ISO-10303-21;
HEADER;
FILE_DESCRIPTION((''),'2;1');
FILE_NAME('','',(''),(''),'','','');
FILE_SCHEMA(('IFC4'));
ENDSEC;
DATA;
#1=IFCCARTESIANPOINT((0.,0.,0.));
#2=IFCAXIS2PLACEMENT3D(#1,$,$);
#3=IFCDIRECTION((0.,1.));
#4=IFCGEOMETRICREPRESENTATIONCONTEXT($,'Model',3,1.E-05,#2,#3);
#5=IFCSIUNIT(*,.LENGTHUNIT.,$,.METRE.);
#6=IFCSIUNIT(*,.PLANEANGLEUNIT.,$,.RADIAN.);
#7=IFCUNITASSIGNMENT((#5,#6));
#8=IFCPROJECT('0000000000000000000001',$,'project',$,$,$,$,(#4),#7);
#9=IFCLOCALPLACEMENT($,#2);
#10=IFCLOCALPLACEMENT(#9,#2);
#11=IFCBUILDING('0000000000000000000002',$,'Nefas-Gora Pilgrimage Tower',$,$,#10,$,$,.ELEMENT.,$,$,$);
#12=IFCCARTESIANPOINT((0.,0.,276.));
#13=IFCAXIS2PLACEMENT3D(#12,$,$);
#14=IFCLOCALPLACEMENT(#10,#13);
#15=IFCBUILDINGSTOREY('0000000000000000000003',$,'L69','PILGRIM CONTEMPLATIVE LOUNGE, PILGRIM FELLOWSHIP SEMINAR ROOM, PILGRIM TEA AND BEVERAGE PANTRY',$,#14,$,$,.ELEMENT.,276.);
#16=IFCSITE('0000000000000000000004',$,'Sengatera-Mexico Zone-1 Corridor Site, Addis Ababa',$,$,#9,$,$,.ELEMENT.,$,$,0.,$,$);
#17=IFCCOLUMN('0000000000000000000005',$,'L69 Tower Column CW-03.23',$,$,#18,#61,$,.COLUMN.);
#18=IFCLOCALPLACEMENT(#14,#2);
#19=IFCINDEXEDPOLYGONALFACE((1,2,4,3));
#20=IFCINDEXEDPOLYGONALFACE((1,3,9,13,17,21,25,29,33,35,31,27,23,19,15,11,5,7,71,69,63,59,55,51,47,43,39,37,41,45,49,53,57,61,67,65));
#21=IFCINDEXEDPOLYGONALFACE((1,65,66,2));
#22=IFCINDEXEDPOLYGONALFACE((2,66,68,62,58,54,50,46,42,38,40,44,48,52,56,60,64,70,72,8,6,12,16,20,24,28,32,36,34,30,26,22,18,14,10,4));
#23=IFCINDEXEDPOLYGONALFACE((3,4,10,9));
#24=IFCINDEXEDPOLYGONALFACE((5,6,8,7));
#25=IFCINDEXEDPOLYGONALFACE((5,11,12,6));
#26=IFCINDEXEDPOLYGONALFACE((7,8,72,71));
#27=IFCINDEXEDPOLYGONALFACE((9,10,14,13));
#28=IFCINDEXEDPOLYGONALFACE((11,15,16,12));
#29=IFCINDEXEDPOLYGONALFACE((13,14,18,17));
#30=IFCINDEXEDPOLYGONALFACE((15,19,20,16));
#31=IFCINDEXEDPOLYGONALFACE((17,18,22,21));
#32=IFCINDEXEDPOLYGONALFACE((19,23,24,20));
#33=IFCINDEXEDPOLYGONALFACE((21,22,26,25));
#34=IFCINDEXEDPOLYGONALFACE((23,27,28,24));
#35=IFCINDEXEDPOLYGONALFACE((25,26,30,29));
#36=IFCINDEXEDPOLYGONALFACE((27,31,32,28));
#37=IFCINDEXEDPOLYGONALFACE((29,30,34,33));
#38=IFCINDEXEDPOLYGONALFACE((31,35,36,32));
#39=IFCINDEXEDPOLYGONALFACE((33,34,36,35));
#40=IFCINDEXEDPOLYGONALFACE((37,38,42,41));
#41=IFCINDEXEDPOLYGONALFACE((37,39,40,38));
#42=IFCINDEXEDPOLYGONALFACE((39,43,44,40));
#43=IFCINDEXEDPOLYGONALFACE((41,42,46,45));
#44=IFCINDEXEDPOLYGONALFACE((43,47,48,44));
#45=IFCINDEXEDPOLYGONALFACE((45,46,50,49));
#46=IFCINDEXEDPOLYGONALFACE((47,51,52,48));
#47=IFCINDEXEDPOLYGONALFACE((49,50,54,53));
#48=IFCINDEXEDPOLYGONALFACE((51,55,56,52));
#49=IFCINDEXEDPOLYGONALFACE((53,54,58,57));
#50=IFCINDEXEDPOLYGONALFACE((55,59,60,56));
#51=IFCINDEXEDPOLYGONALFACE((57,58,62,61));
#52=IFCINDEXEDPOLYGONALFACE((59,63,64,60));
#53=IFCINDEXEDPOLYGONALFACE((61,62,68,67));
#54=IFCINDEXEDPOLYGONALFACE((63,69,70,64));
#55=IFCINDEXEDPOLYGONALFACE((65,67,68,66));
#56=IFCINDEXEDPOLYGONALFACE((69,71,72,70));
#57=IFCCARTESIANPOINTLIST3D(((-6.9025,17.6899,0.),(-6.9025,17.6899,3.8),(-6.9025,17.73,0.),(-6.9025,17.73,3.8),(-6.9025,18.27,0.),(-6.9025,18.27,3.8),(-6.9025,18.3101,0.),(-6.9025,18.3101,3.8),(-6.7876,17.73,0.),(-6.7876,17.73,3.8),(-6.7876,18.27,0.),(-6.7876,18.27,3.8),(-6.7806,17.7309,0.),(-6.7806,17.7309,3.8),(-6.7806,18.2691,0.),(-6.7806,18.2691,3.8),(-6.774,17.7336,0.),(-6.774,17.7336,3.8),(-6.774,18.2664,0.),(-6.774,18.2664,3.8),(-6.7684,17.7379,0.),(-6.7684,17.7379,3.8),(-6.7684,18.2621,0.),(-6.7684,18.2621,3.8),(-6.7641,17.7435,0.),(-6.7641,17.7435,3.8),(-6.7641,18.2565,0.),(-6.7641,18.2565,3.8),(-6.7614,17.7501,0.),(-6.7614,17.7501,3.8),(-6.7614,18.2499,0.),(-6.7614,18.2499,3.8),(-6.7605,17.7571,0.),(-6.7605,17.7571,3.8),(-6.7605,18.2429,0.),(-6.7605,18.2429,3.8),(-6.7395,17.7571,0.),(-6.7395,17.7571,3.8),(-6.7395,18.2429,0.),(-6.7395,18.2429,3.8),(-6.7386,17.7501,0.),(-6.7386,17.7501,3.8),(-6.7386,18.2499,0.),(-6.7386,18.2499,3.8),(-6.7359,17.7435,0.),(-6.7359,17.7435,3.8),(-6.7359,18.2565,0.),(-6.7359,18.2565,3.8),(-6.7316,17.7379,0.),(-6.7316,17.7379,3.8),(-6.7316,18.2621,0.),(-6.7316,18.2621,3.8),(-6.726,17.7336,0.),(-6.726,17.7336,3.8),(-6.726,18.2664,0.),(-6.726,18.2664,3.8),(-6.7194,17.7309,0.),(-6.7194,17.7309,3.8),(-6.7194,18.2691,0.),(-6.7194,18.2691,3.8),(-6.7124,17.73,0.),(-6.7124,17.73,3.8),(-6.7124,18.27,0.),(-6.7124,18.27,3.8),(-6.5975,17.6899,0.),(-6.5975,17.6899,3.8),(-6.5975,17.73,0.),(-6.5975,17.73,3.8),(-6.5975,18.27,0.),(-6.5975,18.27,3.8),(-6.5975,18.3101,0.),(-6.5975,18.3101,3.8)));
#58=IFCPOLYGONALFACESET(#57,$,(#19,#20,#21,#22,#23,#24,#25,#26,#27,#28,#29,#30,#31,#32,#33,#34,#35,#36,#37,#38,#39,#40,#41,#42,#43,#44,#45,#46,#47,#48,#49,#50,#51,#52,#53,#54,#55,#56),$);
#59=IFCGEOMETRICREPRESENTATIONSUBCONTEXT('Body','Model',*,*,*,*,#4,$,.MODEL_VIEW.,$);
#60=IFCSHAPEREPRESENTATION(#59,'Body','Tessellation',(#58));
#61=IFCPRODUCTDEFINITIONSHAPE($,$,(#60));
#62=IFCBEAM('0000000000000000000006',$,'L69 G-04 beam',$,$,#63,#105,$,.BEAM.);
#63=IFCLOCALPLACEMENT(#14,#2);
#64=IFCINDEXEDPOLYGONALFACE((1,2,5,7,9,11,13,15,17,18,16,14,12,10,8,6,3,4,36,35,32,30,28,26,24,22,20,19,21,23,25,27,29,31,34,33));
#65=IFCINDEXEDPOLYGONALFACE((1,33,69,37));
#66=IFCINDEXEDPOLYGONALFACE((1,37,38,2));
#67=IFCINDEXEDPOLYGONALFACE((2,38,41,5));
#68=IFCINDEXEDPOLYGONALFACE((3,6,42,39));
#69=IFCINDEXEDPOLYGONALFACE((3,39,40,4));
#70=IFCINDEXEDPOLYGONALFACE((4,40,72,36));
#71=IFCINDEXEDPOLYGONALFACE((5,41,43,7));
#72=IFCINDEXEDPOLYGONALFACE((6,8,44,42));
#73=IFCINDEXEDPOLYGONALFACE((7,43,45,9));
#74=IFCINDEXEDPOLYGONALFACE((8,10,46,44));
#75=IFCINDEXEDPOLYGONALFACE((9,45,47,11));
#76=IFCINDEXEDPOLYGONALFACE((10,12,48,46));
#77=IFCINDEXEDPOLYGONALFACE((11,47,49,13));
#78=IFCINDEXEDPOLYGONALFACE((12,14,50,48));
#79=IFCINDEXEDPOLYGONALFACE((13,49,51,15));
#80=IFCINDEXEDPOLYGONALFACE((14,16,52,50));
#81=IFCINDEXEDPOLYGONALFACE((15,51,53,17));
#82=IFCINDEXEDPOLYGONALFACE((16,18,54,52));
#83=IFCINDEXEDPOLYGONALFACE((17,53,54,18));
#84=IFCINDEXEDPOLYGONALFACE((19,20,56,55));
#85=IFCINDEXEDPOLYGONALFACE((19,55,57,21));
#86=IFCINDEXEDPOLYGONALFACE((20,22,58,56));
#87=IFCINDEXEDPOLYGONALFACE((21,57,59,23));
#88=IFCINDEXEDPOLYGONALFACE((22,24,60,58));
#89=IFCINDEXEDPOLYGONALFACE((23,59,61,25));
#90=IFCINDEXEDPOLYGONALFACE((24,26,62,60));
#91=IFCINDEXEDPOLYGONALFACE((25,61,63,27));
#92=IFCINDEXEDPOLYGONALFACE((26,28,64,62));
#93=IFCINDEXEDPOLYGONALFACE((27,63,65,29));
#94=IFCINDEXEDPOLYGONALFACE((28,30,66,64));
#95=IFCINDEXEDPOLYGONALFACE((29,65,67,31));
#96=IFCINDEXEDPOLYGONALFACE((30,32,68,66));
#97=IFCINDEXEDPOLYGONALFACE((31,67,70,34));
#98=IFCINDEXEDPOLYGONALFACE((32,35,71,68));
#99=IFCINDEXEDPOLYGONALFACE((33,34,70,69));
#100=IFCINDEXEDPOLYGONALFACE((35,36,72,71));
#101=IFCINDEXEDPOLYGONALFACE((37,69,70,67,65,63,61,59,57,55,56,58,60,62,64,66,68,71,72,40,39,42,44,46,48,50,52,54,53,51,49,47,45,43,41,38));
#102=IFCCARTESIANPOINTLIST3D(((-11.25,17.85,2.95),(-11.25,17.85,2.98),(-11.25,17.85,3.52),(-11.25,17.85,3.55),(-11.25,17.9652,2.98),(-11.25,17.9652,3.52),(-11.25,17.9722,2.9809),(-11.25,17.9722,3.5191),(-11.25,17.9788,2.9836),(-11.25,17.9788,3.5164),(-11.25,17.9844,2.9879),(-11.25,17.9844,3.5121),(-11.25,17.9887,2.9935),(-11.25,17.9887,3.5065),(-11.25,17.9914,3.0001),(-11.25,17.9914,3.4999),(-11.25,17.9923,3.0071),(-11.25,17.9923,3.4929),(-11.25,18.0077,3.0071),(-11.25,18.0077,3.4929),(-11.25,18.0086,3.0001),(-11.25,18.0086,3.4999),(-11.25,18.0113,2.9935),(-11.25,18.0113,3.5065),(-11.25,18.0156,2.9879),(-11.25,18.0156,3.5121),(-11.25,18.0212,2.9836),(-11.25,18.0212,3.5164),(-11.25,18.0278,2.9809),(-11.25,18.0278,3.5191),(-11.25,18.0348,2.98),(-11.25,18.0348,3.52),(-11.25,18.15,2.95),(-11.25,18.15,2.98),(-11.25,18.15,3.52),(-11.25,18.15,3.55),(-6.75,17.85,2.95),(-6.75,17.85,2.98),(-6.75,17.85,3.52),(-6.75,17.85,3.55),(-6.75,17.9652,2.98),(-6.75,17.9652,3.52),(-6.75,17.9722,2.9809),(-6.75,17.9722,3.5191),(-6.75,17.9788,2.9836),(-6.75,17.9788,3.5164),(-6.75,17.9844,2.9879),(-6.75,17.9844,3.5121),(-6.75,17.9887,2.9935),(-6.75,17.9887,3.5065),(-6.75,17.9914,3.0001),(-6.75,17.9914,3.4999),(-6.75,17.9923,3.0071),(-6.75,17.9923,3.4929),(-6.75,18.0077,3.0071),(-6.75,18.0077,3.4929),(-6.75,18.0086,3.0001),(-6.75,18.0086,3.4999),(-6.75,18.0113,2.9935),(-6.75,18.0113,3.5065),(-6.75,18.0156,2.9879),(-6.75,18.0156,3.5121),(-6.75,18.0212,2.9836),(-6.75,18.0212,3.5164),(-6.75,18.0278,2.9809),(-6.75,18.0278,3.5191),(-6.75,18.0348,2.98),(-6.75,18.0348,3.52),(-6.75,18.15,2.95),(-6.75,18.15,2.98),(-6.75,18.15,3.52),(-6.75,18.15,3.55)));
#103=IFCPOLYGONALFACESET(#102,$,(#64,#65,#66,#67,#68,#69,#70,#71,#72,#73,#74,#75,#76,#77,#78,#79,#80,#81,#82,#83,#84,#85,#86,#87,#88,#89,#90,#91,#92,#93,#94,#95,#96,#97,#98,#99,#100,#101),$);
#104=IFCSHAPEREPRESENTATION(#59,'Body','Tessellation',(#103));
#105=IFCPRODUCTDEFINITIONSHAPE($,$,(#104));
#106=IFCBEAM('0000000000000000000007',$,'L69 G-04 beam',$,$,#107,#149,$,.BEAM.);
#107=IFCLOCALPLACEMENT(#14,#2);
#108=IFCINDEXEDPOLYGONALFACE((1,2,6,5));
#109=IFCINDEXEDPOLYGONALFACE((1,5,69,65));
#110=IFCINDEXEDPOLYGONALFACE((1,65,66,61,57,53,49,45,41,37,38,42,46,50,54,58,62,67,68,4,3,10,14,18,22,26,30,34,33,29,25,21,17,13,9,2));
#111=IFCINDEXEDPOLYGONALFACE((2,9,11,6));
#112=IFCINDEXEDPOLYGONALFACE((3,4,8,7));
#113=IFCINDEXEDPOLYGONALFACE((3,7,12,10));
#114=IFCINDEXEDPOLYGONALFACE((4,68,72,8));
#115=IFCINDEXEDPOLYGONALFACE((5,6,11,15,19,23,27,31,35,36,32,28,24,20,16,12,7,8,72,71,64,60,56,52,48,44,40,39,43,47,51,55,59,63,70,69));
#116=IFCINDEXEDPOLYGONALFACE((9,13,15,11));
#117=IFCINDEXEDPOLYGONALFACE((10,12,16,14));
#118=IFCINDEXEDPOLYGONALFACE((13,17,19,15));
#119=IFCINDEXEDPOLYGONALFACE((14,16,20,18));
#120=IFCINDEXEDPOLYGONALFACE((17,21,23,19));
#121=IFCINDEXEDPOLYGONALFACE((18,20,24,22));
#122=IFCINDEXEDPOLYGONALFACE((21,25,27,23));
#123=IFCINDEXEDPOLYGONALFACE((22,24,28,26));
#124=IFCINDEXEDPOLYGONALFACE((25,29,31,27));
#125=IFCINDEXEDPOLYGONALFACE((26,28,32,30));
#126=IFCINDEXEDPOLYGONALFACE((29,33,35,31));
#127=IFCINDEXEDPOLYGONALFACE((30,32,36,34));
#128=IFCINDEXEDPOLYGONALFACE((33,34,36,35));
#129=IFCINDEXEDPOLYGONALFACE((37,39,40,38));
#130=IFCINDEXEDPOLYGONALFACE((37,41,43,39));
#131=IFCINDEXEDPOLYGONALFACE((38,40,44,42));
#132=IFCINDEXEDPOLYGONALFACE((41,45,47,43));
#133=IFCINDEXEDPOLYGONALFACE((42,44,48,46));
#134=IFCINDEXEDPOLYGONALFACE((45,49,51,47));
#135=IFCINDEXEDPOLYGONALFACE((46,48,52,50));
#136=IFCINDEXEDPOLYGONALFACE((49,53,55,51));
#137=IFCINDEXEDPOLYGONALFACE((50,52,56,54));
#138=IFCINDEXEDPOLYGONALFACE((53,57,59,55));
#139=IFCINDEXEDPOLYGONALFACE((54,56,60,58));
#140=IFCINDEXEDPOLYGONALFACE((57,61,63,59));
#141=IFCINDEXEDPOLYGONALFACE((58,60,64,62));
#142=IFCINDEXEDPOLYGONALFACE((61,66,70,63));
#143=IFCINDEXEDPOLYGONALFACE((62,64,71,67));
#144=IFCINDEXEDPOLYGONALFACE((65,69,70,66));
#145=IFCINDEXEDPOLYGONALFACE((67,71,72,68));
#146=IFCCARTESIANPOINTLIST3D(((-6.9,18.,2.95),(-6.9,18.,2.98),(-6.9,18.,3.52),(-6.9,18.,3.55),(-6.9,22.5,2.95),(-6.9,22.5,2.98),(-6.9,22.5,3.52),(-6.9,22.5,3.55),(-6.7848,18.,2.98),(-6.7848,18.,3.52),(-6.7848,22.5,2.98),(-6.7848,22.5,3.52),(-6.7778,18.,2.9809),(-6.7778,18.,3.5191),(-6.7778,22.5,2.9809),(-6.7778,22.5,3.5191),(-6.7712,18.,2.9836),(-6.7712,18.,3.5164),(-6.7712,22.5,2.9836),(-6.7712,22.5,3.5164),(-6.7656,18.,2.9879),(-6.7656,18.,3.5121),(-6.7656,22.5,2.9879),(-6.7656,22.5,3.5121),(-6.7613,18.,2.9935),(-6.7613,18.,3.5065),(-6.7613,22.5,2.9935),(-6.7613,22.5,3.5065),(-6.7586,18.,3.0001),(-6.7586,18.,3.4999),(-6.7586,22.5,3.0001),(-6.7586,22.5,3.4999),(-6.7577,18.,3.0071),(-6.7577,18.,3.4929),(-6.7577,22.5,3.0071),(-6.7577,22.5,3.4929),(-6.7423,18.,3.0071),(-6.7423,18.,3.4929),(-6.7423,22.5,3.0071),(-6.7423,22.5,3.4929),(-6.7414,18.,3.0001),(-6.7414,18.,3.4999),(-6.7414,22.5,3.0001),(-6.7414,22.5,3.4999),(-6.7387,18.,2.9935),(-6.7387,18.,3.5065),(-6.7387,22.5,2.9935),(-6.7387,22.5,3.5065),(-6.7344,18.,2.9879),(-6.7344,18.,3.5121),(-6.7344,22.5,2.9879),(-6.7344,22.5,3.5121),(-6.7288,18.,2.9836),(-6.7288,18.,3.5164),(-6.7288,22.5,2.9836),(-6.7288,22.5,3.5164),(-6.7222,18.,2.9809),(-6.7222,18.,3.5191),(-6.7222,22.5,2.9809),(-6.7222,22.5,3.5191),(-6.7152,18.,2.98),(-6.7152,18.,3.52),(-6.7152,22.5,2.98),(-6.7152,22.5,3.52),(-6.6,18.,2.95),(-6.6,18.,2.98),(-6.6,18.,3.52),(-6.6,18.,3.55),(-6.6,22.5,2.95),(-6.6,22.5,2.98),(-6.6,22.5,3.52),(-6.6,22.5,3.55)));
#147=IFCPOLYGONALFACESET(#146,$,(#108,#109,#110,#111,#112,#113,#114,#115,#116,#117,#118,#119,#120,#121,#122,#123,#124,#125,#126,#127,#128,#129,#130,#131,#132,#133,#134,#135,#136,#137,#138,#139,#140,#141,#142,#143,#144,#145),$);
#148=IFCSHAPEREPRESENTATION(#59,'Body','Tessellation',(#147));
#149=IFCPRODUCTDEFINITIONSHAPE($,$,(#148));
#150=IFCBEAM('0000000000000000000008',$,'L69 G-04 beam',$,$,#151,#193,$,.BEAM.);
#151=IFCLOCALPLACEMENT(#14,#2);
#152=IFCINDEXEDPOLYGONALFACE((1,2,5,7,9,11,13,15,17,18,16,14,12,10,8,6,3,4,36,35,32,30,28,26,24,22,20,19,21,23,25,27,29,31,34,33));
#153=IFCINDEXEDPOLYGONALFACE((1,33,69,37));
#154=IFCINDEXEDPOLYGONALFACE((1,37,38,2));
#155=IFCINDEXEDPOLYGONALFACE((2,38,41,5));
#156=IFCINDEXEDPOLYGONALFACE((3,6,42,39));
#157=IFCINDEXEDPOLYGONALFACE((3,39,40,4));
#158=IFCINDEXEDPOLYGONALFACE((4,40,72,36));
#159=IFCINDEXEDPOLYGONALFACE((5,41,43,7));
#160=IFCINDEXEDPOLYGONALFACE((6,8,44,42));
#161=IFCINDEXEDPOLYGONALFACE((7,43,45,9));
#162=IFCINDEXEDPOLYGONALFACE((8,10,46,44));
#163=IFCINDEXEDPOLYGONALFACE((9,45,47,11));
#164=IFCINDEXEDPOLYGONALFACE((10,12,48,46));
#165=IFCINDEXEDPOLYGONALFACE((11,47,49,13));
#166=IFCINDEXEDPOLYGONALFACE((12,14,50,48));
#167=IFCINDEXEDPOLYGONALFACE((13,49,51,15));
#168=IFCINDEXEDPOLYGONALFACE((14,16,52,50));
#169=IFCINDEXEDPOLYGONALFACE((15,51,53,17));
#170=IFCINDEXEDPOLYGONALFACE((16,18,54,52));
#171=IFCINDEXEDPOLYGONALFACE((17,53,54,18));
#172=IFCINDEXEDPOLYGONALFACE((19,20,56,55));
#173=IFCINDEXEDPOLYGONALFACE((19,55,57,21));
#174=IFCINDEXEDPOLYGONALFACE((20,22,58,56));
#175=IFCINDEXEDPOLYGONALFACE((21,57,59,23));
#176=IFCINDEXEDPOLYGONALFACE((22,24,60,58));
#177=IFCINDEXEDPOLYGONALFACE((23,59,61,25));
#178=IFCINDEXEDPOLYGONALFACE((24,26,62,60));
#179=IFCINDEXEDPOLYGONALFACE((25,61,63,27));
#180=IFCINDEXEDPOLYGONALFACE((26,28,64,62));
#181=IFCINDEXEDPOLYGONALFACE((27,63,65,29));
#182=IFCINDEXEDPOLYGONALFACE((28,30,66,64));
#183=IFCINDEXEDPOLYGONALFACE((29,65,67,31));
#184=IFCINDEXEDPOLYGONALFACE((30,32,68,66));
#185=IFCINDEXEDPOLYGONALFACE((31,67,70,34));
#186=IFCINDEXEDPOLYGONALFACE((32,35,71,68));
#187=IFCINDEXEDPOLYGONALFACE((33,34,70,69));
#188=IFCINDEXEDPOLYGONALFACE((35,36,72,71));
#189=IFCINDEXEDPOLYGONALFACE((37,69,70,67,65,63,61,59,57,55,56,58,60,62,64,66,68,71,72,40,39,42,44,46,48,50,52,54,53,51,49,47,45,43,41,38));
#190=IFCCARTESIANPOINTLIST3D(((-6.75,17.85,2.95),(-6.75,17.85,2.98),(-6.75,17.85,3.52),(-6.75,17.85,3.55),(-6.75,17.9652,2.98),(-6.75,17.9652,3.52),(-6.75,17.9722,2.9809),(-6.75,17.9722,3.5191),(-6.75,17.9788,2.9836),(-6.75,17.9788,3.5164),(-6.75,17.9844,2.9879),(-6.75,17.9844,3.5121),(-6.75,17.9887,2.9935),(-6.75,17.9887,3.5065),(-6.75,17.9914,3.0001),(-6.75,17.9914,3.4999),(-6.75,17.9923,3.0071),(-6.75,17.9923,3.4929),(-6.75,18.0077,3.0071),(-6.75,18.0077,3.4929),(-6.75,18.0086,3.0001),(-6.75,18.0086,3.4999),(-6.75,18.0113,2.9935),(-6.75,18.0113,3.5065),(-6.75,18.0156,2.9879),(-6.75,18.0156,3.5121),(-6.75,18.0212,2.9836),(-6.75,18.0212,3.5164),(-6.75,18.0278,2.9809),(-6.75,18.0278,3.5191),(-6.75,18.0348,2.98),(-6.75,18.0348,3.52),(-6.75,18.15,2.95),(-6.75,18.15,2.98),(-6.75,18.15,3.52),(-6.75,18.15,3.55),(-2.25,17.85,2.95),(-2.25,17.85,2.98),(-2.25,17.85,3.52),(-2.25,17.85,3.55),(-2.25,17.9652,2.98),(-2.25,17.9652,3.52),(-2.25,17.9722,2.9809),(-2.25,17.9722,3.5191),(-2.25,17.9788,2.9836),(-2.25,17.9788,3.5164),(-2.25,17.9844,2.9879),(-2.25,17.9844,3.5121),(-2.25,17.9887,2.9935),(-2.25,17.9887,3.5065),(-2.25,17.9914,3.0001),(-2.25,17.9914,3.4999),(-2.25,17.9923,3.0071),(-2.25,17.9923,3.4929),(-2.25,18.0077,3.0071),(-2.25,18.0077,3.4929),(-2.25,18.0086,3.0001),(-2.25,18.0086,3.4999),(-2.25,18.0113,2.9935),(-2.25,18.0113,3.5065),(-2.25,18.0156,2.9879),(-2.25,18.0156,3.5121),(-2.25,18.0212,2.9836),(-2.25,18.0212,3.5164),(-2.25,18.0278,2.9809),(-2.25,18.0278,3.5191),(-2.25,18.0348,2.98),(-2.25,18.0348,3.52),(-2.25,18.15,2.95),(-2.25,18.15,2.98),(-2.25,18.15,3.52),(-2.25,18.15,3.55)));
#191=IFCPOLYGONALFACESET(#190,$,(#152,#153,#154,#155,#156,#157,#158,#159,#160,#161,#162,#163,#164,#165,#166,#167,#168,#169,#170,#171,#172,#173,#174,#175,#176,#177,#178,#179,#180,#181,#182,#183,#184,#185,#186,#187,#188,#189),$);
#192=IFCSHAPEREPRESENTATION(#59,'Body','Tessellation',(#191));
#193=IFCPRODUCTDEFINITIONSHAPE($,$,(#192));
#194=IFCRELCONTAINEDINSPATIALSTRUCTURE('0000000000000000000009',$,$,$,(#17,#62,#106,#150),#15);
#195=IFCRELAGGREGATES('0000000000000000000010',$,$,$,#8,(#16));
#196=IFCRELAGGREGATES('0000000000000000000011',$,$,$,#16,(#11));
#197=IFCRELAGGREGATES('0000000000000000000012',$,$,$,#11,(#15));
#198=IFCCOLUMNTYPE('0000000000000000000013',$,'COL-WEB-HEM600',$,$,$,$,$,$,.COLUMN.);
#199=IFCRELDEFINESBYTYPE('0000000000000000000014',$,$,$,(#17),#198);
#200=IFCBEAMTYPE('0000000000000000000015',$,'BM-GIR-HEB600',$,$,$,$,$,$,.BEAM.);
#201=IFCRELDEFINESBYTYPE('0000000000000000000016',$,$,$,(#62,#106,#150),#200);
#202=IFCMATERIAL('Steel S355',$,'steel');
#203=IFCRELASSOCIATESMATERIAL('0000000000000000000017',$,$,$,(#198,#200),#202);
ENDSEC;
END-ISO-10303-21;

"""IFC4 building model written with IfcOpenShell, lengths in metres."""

from ifc_helpers import new_model, si_unit, direction, frame, origin, origin_2d, place, context, subcontext, project, spatial, i_section, extrude, source, transform, mapped, material, material_profile, profile_set, type_object, element, save


model = new_model("IFC4")

# Units and contexts
model_context = context("Model", 3, precision=1e-05, world=origin(), true_north=direction((0.0, 1.0)))
body_context = subcontext(model_context, "Body", "Model", "MODEL_VIEW")
ifc_project = project(units=[si_unit("LENGTHUNIT", "METRE"), si_unit("PLANEANGLEUNIT", "RADIAN")], contexts=[model_context])

# Site, building, storey
site_placement = place(None, origin())
site = spatial("IfcSite", under=ifc_project, at=site_placement, Name="Sengatera-Mexico Zone-1 Corridor Site, Addis Ababa", CompositionType="ELEMENT", RefElevation=0.0)
building_placement = place(site_placement, origin())
building = spatial("IfcBuilding", under=site, at=building_placement, Name="Nefas-Gora Pilgrimage Tower", CompositionType="ELEMENT")
storey_placement = place(building_placement, frame((0.0, 0.0, 276.0)))
storey = spatial("IfcBuildingStorey", under=building, at=storey_placement, Name="L69", Description="PILGRIM CONTEMPLATIVE LOUNGE, PILGRIM FELLOWSHIP SEMINAR ROOM, PILGRIM TEA AND BEVERAGE PANTRY", CompositionType="ELEMENT", Elevation=276.0)

# Column
ifc_material_1 = material(Name="Steel S355", Category="steel")
ifc_material_profile_1 = material_profile(ifc_material_1, i_section(OverallWidth=0.3049, OverallDepth=0.6201, WebThickness=0.021, FlangeThickness=0.04, FilletRadius=0.0271, at=origin_2d()), Name="HEM 600")
ifc_profile_set_1 = profile_set([ifc_material_profile_1], Name="Steel S355")
column_type_1 = type_object("IfcColumnType", Name="COL-WEB-HEM600", PredefinedType="COLUMN", material=ifc_profile_set_1)
shared_shape_1 = source(origin(), body_context, "Body", "SweptSolid", [
    extrude(i_section(OverallWidth=0.3049, OverallDepth=0.6201, WebThickness=0.021, FlangeThickness=0.04, FilletRadius=0.0271, at=origin_2d()), origin(), (0.0, 0.0, 1.0), 3.8),
])
for number, where, z_axis, x_axis, name in (
    (1, (-6.75, 18.0, 0.0), (0.0, 0.0, 1.0), (1.0, 0.0, 0.0), "L69 Tower Column CW-03.23"),
):
    element("IfcColumn", number, at=place(storey_placement, frame(where, z_axis=z_axis, x_axis=x_axis)), inside=storey, type_object=column_type_1, Name=name, PredefinedType="COLUMN", context=body_context, shape_type="MappedRepresentation", body=[
        mapped(shared_shape_1, transform((0.0, 0.0, 0.0), x_axis=(1.0, 0.0, 0.0), y_axis=(0.0, 1.0, 0.0), z_axis=(0.0, 0.0, 1.0), scale=1.0)),
    ])

# Beams
ifc_material_profile_2 = material_profile(ifc_material_1, i_section(OverallWidth=0.3, OverallDepth=0.6001, WebThickness=0.0154, FlangeThickness=0.03, FilletRadius=0.0271, at=origin_2d()), Name="HEB 600")
ifc_profile_set_2 = profile_set([ifc_material_profile_2], Name="Steel S355")
beam_type = type_object("IfcBeamType", Name="BM-GIR-HEB600", PredefinedType="BEAM", material=ifc_profile_set_2)
shared_shape_2 = source(origin(), body_context, "Body", "SweptSolid", [
    extrude(i_section(OverallWidth=0.3, OverallDepth=0.6001, WebThickness=0.0154, FlangeThickness=0.03, FilletRadius=0.0271, at=origin_2d()), origin(), (0.0, 0.0, 1.0), 4.5),
])
for number, where, z_axis, x_axis, name in (
    (2, (-11.25, 18.0, 3.25), (1.0, 0.0, 0.0), (0.0, 1.0, 0.0), "L69 G-04 beam"),
    (3, (-6.75, 18.0, 3.25), (0.0, 1.0, 0.0), (-1.0, 0.0, 0.0), "L69 G-04 beam"),
    (4, (-6.75, 18.0, 3.25), (1.0, 0.0, 0.0), (0.0, 1.0, 0.0), "L69 G-04 beam"),
):
    element("IfcBeam", number, at=place(storey_placement, frame(where, z_axis=z_axis, x_axis=x_axis)), inside=storey, type_object=beam_type, Name=name, PredefinedType="BEAM", context=body_context, shape_type="MappedRepresentation", body=[
        mapped(shared_shape_2, transform((0.0, 0.0, 0.0), x_axis=(1.0, 0.0, 0.0), y_axis=(0.0, 1.0, 0.0), z_axis=(0.0, 0.0, 1.0), scale=1.0)),
    ])

save(model, "model.ifc")
